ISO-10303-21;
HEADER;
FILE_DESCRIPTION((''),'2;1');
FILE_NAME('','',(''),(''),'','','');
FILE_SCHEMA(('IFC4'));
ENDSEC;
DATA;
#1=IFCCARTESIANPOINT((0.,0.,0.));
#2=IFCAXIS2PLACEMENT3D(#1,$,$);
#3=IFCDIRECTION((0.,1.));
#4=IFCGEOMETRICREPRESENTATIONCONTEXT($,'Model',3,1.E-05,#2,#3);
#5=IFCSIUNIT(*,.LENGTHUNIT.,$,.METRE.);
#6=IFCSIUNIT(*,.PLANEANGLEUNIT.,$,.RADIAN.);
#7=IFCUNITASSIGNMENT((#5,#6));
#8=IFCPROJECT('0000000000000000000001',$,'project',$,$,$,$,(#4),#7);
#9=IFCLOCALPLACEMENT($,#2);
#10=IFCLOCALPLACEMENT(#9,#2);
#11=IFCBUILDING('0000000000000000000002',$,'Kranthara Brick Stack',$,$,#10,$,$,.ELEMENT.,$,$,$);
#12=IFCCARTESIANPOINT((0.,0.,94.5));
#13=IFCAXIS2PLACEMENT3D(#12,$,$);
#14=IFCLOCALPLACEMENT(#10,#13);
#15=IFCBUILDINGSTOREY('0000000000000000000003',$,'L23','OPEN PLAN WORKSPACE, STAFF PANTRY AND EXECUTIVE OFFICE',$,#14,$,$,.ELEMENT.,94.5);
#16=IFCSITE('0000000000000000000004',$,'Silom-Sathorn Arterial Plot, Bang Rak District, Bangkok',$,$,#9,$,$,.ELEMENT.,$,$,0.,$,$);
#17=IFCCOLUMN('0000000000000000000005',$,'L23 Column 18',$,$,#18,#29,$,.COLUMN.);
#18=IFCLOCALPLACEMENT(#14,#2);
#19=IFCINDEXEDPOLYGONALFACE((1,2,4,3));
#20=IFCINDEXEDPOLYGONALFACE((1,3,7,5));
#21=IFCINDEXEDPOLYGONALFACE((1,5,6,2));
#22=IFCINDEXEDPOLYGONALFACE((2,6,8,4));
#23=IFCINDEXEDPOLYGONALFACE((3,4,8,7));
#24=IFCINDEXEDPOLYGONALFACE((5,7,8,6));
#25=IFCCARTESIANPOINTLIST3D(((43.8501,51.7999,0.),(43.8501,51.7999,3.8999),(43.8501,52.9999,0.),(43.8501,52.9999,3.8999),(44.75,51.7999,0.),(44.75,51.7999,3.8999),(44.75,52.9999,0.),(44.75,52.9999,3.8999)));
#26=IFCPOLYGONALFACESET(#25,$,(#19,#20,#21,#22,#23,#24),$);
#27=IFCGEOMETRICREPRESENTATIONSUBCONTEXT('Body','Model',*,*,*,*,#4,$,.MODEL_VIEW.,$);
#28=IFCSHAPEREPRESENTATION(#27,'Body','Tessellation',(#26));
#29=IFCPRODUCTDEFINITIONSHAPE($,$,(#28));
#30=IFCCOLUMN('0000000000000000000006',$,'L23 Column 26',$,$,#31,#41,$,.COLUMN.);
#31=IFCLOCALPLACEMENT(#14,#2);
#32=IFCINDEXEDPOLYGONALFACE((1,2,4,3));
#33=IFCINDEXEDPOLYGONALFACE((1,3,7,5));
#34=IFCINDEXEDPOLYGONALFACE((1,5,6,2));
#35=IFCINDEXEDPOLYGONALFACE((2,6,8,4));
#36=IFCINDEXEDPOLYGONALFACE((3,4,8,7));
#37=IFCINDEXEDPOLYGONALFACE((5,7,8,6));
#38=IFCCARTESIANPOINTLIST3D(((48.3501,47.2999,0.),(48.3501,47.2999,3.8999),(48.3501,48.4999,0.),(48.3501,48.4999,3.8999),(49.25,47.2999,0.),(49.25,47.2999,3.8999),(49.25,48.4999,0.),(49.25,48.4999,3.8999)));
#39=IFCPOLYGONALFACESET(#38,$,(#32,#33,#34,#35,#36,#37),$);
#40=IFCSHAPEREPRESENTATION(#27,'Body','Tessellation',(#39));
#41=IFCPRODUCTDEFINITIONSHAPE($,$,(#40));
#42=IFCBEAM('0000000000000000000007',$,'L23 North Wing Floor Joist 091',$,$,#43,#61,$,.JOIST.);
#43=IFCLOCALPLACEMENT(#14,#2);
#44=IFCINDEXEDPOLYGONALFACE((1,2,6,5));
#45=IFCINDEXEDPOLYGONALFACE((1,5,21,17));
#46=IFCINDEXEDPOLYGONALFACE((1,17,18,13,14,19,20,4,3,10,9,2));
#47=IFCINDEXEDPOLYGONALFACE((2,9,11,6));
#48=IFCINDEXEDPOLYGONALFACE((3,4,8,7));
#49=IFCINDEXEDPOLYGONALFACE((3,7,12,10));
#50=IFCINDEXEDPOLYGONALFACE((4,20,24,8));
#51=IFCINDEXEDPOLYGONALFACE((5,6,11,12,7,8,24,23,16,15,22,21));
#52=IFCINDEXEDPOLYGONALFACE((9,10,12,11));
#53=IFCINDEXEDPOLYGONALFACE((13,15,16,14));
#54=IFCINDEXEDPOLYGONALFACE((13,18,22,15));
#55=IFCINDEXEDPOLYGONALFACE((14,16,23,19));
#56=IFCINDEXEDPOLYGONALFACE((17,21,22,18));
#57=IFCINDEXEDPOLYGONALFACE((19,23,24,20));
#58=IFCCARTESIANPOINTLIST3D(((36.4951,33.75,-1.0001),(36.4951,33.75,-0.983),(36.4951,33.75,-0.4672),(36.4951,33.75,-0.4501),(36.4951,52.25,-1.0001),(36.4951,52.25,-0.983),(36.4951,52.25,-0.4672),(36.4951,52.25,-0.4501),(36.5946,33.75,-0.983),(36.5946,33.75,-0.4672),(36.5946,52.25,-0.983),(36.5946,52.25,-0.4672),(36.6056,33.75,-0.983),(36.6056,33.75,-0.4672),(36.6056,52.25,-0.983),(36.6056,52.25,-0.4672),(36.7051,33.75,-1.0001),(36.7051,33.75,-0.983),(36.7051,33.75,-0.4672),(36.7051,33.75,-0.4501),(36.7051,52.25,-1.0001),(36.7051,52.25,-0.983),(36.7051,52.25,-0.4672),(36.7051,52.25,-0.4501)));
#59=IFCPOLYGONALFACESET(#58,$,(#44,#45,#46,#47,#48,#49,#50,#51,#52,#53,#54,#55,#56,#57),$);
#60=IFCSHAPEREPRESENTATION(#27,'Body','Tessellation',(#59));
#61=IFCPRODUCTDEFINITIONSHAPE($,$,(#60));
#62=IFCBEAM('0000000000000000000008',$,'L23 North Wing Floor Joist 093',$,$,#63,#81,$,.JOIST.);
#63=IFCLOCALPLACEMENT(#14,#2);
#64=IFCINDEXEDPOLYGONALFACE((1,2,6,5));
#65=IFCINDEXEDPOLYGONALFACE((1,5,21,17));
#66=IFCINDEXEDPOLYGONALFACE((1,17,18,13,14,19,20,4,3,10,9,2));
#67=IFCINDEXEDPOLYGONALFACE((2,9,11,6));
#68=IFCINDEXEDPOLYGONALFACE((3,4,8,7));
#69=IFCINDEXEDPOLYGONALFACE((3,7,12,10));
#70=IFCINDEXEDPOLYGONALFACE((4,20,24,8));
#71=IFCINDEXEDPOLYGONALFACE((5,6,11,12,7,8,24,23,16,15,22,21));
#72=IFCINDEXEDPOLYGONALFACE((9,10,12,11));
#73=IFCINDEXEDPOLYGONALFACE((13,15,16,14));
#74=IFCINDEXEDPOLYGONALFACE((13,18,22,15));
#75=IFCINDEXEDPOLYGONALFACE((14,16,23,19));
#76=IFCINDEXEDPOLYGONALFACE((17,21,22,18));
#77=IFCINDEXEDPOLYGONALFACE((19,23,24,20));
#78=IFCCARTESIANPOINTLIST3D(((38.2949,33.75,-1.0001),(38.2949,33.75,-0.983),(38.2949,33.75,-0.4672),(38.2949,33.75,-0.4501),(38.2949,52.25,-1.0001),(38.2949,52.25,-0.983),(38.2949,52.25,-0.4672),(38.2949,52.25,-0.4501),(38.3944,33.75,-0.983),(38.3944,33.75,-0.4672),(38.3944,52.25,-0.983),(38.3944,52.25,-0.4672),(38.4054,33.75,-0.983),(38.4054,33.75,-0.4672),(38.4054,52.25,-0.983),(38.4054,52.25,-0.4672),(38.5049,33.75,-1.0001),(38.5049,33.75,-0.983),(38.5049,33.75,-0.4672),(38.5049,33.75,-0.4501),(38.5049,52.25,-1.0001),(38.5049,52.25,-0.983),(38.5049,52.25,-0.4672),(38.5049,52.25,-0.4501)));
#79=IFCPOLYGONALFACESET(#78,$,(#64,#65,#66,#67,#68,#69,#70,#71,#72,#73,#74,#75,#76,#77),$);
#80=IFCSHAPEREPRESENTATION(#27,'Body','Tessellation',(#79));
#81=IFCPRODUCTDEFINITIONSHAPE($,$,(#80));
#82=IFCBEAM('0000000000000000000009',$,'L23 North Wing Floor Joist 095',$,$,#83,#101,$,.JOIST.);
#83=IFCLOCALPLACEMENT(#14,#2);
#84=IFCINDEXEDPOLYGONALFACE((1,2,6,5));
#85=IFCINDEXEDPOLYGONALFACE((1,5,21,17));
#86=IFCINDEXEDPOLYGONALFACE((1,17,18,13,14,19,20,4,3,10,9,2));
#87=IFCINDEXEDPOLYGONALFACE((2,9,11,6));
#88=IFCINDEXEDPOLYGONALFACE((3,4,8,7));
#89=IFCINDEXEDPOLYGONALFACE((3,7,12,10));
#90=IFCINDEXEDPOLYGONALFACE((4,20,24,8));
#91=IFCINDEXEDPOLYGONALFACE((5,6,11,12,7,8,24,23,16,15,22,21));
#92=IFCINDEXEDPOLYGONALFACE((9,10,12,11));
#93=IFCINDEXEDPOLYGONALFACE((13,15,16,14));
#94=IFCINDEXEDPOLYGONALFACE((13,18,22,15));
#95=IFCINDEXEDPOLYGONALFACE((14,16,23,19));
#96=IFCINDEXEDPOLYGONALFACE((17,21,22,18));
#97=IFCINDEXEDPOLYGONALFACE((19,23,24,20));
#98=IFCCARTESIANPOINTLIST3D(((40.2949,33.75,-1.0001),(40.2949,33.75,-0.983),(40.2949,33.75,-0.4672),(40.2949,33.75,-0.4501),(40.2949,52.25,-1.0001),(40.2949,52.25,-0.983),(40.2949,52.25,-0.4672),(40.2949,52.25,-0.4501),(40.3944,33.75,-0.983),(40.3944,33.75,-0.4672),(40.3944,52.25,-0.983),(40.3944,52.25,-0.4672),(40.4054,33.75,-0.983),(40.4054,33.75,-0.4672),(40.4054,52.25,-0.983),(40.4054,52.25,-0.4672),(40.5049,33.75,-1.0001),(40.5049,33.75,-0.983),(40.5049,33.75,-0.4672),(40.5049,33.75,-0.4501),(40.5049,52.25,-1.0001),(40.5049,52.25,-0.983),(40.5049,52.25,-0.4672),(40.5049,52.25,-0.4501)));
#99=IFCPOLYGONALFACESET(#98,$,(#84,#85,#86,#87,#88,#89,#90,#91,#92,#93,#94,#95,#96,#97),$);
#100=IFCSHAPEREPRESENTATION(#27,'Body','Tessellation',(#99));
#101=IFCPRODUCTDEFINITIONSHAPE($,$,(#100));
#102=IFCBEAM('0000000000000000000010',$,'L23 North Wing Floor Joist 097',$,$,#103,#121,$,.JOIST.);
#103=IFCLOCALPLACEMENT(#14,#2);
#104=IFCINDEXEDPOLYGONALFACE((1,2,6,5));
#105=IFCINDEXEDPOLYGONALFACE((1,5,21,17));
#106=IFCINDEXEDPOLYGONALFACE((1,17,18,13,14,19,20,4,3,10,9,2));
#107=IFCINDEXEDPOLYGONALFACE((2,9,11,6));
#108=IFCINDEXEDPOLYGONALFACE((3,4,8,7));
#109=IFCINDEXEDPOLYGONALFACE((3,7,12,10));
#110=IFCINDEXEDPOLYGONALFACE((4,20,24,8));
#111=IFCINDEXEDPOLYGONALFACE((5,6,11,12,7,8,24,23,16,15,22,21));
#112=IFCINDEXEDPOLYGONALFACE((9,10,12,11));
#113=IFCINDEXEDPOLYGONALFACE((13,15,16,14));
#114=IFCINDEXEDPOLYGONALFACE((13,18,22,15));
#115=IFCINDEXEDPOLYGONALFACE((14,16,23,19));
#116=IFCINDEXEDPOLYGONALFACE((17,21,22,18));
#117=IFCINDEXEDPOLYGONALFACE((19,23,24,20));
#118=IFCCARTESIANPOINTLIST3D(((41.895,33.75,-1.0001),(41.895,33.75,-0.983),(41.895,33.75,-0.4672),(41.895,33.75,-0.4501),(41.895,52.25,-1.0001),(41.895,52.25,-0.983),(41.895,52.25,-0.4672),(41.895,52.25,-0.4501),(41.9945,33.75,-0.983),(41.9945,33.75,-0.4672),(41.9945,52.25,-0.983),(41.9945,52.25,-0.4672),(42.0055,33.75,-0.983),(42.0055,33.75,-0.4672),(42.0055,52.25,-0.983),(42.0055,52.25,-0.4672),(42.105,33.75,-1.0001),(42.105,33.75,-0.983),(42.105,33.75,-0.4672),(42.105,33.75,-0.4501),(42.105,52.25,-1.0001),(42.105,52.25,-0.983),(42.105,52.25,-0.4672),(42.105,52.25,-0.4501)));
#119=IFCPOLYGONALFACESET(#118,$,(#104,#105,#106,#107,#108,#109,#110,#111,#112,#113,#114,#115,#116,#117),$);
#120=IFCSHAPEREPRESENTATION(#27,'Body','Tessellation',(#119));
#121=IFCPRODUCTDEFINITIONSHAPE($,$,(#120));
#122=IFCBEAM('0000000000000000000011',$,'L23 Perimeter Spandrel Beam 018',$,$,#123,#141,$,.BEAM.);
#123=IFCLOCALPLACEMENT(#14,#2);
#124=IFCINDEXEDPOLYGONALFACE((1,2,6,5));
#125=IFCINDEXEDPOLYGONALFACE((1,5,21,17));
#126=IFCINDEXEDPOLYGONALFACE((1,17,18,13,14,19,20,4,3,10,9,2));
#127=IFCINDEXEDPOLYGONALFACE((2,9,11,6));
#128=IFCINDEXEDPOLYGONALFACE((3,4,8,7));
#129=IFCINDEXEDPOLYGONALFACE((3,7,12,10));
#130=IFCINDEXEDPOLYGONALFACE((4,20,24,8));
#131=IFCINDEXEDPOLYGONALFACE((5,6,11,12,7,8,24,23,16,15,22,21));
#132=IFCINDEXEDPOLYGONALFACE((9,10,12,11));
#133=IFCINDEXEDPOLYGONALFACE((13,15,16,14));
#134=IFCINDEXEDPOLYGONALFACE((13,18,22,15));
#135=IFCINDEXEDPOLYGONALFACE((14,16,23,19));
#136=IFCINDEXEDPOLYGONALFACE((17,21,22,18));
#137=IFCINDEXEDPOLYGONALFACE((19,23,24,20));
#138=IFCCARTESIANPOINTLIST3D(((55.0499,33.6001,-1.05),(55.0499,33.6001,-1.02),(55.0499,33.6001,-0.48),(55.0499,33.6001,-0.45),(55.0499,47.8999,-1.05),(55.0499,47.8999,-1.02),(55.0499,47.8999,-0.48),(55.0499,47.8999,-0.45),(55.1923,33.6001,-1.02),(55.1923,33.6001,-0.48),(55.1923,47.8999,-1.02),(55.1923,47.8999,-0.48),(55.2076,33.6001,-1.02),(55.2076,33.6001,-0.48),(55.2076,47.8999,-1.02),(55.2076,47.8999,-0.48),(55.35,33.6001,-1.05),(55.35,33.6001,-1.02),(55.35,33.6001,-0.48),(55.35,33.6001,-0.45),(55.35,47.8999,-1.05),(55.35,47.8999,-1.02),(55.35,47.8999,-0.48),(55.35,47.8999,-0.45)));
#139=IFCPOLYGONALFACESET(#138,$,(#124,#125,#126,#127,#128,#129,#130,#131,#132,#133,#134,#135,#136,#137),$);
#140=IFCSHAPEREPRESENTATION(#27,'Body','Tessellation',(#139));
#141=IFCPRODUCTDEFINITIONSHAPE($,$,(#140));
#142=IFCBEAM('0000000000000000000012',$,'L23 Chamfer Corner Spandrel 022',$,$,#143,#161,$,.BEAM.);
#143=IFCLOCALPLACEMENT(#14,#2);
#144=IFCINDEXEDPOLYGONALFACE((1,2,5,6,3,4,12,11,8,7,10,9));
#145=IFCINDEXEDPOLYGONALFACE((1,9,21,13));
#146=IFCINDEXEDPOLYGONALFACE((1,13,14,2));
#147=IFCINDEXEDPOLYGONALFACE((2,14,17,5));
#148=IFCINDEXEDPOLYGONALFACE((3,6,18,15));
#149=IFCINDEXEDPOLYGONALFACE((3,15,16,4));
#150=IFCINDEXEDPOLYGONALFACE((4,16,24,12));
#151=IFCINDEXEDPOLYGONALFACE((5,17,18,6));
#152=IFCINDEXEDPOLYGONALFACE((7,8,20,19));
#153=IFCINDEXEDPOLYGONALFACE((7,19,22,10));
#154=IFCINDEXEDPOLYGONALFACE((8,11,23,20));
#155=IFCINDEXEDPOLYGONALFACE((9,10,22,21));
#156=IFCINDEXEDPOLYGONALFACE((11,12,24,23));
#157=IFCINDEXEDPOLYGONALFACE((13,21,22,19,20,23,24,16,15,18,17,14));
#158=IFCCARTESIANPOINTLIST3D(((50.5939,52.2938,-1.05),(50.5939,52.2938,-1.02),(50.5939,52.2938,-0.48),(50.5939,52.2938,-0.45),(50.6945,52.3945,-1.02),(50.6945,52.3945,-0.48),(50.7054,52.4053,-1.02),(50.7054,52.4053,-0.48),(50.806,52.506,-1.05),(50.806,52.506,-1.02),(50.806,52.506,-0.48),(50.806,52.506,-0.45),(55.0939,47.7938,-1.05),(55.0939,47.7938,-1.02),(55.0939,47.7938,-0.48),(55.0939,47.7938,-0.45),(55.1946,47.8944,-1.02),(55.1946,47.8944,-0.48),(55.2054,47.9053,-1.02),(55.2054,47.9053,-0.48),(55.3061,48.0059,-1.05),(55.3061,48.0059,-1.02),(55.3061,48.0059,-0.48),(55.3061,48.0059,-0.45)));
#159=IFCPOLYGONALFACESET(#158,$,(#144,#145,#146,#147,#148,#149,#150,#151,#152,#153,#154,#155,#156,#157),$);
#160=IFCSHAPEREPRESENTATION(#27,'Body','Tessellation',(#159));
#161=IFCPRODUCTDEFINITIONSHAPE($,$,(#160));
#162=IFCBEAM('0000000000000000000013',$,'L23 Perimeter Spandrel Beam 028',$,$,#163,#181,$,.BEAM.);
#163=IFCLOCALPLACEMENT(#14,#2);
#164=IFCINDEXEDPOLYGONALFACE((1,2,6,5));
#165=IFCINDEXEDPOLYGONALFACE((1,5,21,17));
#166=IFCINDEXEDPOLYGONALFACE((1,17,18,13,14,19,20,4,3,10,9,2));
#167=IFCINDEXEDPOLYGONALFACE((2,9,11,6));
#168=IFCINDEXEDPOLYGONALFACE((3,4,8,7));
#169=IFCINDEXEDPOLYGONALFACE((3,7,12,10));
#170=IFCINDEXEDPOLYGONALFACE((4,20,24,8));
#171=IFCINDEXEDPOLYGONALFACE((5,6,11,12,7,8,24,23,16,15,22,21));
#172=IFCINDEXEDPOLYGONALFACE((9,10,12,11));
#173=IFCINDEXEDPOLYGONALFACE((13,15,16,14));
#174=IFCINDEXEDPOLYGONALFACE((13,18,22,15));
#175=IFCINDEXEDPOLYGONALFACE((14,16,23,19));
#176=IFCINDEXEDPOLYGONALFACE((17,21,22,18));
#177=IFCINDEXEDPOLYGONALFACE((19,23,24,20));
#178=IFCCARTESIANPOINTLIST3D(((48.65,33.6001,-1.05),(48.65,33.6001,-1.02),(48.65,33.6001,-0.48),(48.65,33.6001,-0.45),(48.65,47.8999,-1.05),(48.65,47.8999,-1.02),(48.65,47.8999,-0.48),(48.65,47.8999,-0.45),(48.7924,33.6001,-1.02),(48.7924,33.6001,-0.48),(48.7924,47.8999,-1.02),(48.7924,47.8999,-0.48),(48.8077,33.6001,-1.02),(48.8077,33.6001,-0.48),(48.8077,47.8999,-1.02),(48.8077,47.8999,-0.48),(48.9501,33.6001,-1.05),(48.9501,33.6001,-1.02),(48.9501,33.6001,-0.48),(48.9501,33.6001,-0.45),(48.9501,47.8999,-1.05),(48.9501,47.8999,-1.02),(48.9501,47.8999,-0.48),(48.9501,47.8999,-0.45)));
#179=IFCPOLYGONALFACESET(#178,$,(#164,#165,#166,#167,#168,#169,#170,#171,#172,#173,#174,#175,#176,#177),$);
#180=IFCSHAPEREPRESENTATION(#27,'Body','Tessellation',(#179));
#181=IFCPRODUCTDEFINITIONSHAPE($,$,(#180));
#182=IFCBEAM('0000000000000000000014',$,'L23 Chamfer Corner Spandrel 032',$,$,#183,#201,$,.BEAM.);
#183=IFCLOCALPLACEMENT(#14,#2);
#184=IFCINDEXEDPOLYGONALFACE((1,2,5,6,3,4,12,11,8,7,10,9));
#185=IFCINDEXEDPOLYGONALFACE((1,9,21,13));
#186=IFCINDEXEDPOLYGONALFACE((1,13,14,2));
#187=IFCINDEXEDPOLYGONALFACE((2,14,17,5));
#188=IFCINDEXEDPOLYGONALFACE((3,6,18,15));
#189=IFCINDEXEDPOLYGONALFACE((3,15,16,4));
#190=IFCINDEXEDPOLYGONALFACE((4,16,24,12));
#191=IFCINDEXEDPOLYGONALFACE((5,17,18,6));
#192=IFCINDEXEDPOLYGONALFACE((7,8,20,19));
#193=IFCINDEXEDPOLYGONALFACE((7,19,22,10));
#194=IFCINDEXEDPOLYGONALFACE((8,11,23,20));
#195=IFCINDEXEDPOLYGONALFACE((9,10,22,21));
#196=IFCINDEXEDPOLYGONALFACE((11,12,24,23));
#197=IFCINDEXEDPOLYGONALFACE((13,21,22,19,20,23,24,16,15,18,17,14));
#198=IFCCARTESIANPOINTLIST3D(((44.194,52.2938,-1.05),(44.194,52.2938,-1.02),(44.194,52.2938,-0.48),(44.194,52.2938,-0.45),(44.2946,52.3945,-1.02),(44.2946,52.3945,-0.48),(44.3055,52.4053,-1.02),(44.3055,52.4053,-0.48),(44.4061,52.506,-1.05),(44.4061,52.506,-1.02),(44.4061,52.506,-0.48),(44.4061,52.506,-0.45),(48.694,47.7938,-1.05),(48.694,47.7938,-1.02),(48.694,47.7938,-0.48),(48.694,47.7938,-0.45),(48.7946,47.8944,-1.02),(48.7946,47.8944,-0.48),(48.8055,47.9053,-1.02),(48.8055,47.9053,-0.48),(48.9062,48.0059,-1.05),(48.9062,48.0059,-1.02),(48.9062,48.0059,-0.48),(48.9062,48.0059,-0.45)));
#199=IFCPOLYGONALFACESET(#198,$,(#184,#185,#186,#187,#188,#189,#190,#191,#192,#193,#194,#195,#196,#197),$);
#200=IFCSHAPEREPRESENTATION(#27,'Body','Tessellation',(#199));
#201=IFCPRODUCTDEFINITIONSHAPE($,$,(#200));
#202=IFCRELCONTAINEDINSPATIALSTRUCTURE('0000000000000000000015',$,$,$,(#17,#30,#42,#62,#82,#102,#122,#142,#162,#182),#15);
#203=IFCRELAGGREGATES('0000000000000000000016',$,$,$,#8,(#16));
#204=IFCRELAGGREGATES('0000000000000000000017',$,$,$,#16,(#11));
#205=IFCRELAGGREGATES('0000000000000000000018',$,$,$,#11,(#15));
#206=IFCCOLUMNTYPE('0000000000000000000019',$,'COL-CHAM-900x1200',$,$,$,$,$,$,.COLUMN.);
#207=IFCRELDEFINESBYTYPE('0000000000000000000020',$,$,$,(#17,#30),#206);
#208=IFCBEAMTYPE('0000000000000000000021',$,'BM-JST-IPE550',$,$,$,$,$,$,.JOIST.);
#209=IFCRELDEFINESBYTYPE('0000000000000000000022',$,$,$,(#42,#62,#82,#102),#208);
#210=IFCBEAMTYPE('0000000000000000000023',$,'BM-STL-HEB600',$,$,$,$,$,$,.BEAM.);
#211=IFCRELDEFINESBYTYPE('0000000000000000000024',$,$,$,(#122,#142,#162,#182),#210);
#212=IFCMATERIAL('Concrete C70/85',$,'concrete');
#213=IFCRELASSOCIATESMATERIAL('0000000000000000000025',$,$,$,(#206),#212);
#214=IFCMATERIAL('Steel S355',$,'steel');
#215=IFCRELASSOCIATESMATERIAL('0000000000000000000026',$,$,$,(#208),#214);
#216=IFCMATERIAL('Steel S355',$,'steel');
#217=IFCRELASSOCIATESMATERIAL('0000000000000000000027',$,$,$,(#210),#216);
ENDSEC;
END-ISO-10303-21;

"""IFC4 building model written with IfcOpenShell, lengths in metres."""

from ifc_helpers import new_model, si_unit, direction, frame, origin, origin_2d, place, context, subcontext, project, spatial, rectangle, i_section, extrude, material, material_profile, profile_set, type_object, element, save


model = new_model("IFC4")

# Units and contexts
model_context = context("Model", 3, precision=1e-05, world=origin(), true_north=direction((0.0, 1.0)))
body_context = subcontext(model_context, "Body", "Model", "MODEL_VIEW")
ifc_project = project(units=[si_unit("LENGTHUNIT", "METRE"), si_unit("PLANEANGLEUNIT", "RADIAN")], contexts=[model_context])

# Site, building, storey
site_placement = place(None, origin())
site = spatial("IfcSite", under=ifc_project, at=site_placement, Name="Silom-Sathorn Arterial Plot, Bang Rak District, Bangkok", CompositionType="ELEMENT", RefElevation=0.0)
building_placement = place(site_placement, origin())
building = spatial("IfcBuilding", under=site, at=building_placement, Name="Kranthara Brick Stack", CompositionType="ELEMENT")
storey_placement = place(building_placement, frame((0.0, 0.0, 94.5)))
storey = spatial("IfcBuildingStorey", under=building, at=storey_placement, Name="L23", Description="OPEN PLAN WORKSPACE, STAFF PANTRY AND EXECUTIVE OFFICE", CompositionType="ELEMENT", Elevation=94.5)

# Columns
ifc_material_1 = material(Name="Concrete C70/85", Category="concrete")
ifc_material_profile_1 = material_profile(ifc_material_1, rectangle(XDim=0.8999, YDim=1.2, at=origin_2d()), Name="RC 900x1200")
ifc_profile_set_1 = profile_set([ifc_material_profile_1], Name="Concrete C70/85")
column_type = type_object("IfcColumnType", Name="COL-CHAM-900x1200", PredefinedType="COLUMN", material=ifc_profile_set_1)
for number, where, z_axis, x_axis, name in (
    (1, (44.3, 52.3999, 0.0), (0.0, 0.0, 1.0), (1.0, 0.0, 0.0), "L23 Column 18"),
    (2, (48.8, 47.8999, 0.0), (0.0, 0.0, 1.0), (1.0, 0.0, 0.0), "L23 Column 26"),
):
    element("IfcColumn", number, at=place(storey_placement, frame(where, z_axis=z_axis, x_axis=x_axis)), inside=storey, type_object=column_type, Name=name, PredefinedType="COLUMN", context=body_context, shape_type="SweptSolid", body=[
        extrude(rectangle(XDim=0.8999, YDim=1.2, at=origin_2d()), origin(), (0.0, 0.0, 1.0), 3.8999),
    ])

# Beams
ifc_material_2 = material(Name="Steel S355", Category="steel")
ifc_material_profile_2 = material_profile(ifc_material_2, i_section(OverallWidth=0.21, OverallDepth=0.55, WebThickness=0.011, FlangeThickness=0.0171, at=origin_2d()), Name="IPE 550")
ifc_profile_set_2 = profile_set([ifc_material_profile_2], Name="Steel S355")
beam_type_1 = type_object("IfcBeamType", Name="BM-JST-IPE550", PredefinedType="JOIST", material=ifc_profile_set_2)
for number, where, z_axis, x_axis, name in (
    (3, (36.6001, 33.75, -0.7251), (0.0, 1.0, 0.0), (-1.0, 0.0, 0.0), "L23 North Wing Floor Joist 091"),
    (4, (38.3999, 33.75, -0.7251), (0.0, 1.0, 0.0), (-1.0, 0.0, 0.0), "L23 North Wing Floor Joist 093"),
    (5, (40.3999, 33.75, -0.7251), (0.0, 1.0, 0.0), (-1.0, 0.0, 0.0), "L23 North Wing Floor Joist 095"),
    (6, (42.0, 33.75, -0.7251), (0.0, 1.0, 0.0), (-1.0, 0.0, 0.0), "L23 North Wing Floor Joist 097"),
):
    element("IfcBeam", number, at=place(storey_placement, frame(where, z_axis=z_axis, x_axis=x_axis)), inside=storey, type_object=beam_type_1, Name=name, PredefinedType="JOIST", context=body_context, shape_type="SweptSolid", body=[
        extrude(i_section(OverallWidth=0.21, OverallDepth=0.55, WebThickness=0.011, FlangeThickness=0.0171, at=origin_2d()), origin(), (0.0, 0.0, 1.0), 18.5),
    ])
ifc_material_3 = material(Name="Steel S355", Category="steel")
ifc_material_profile_3 = material_profile(ifc_material_3, i_section(OverallWidth=0.3, OverallDepth=0.6001, WebThickness=0.0154, FlangeThickness=0.03, at=origin_2d()), Name="HEB 600")
ifc_profile_set_3 = profile_set([ifc_material_profile_3], Name="Steel S355")
beam_type_2 = type_object("IfcBeamType", Name="BM-STL-HEB600", PredefinedType="BEAM", material=ifc_profile_set_3)
beam_1_placement = place(storey_placement, frame((55.2, 33.6001, -0.75), z_axis=(0.0, 1.0, 0.0), x_axis=(-1.0, 0.0, 0.0)))
element("IfcBeam", 7, at=beam_1_placement, inside=storey, type_object=beam_type_2, Name="L23 Perimeter Spandrel Beam 018", PredefinedType="BEAM", context=body_context, shape_type="SweptSolid", body=[
    extrude(i_section(OverallWidth=0.3, OverallDepth=0.6001, WebThickness=0.0154, FlangeThickness=0.03, at=origin_2d()), origin(), (0.0, 0.0, 1.0), 14.2998),
])
beam_2_placement = place(storey_placement, frame((50.7, 52.3999, -0.75), z_axis=(0.707107, -0.707107, 0.0), x_axis=(0.707107, 0.707107, 0.0)))
element("IfcBeam", 8, at=beam_2_placement, inside=storey, type_object=beam_type_2, Name="L23 Chamfer Corner Spandrel 022", PredefinedType="BEAM", context=body_context, shape_type="SweptSolid", body=[
    extrude(i_section(OverallWidth=0.3, OverallDepth=0.6001, WebThickness=0.0154, FlangeThickness=0.03, at=origin_2d()), origin(), (0.0, 0.0, 1.0), 6.364),
])
beam_3_placement = place(storey_placement, frame((48.8, 33.6001, -0.75), z_axis=(0.0, 1.0, 0.0), x_axis=(-1.0, 0.0, 0.0)))
element("IfcBeam", 9, at=beam_3_placement, inside=storey, type_object=beam_type_2, Name="L23 Perimeter Spandrel Beam 028", PredefinedType="BEAM", context=body_context, shape_type="SweptSolid", body=[
    extrude(i_section(OverallWidth=0.3, OverallDepth=0.6001, WebThickness=0.0154, FlangeThickness=0.03, at=origin_2d()), origin(), (0.0, 0.0, 1.0), 14.2998),
])
beam_4_placement = place(storey_placement, frame((44.3, 52.3999, -0.75), z_axis=(0.707107, -0.707107, 0.0), x_axis=(0.707107, 0.707107, 0.0)))
element("IfcBeam", 10, at=beam_4_placement, inside=storey, type_object=beam_type_2, Name="L23 Chamfer Corner Spandrel 032", PredefinedType="BEAM", context=body_context, shape_type="SweptSolid", body=[
    extrude(i_section(OverallWidth=0.3, OverallDepth=0.6001, WebThickness=0.0154, FlangeThickness=0.03, at=origin_2d()), origin(), (0.0, 0.0, 1.0), 6.364),
])

save(model, "model.ifc")
